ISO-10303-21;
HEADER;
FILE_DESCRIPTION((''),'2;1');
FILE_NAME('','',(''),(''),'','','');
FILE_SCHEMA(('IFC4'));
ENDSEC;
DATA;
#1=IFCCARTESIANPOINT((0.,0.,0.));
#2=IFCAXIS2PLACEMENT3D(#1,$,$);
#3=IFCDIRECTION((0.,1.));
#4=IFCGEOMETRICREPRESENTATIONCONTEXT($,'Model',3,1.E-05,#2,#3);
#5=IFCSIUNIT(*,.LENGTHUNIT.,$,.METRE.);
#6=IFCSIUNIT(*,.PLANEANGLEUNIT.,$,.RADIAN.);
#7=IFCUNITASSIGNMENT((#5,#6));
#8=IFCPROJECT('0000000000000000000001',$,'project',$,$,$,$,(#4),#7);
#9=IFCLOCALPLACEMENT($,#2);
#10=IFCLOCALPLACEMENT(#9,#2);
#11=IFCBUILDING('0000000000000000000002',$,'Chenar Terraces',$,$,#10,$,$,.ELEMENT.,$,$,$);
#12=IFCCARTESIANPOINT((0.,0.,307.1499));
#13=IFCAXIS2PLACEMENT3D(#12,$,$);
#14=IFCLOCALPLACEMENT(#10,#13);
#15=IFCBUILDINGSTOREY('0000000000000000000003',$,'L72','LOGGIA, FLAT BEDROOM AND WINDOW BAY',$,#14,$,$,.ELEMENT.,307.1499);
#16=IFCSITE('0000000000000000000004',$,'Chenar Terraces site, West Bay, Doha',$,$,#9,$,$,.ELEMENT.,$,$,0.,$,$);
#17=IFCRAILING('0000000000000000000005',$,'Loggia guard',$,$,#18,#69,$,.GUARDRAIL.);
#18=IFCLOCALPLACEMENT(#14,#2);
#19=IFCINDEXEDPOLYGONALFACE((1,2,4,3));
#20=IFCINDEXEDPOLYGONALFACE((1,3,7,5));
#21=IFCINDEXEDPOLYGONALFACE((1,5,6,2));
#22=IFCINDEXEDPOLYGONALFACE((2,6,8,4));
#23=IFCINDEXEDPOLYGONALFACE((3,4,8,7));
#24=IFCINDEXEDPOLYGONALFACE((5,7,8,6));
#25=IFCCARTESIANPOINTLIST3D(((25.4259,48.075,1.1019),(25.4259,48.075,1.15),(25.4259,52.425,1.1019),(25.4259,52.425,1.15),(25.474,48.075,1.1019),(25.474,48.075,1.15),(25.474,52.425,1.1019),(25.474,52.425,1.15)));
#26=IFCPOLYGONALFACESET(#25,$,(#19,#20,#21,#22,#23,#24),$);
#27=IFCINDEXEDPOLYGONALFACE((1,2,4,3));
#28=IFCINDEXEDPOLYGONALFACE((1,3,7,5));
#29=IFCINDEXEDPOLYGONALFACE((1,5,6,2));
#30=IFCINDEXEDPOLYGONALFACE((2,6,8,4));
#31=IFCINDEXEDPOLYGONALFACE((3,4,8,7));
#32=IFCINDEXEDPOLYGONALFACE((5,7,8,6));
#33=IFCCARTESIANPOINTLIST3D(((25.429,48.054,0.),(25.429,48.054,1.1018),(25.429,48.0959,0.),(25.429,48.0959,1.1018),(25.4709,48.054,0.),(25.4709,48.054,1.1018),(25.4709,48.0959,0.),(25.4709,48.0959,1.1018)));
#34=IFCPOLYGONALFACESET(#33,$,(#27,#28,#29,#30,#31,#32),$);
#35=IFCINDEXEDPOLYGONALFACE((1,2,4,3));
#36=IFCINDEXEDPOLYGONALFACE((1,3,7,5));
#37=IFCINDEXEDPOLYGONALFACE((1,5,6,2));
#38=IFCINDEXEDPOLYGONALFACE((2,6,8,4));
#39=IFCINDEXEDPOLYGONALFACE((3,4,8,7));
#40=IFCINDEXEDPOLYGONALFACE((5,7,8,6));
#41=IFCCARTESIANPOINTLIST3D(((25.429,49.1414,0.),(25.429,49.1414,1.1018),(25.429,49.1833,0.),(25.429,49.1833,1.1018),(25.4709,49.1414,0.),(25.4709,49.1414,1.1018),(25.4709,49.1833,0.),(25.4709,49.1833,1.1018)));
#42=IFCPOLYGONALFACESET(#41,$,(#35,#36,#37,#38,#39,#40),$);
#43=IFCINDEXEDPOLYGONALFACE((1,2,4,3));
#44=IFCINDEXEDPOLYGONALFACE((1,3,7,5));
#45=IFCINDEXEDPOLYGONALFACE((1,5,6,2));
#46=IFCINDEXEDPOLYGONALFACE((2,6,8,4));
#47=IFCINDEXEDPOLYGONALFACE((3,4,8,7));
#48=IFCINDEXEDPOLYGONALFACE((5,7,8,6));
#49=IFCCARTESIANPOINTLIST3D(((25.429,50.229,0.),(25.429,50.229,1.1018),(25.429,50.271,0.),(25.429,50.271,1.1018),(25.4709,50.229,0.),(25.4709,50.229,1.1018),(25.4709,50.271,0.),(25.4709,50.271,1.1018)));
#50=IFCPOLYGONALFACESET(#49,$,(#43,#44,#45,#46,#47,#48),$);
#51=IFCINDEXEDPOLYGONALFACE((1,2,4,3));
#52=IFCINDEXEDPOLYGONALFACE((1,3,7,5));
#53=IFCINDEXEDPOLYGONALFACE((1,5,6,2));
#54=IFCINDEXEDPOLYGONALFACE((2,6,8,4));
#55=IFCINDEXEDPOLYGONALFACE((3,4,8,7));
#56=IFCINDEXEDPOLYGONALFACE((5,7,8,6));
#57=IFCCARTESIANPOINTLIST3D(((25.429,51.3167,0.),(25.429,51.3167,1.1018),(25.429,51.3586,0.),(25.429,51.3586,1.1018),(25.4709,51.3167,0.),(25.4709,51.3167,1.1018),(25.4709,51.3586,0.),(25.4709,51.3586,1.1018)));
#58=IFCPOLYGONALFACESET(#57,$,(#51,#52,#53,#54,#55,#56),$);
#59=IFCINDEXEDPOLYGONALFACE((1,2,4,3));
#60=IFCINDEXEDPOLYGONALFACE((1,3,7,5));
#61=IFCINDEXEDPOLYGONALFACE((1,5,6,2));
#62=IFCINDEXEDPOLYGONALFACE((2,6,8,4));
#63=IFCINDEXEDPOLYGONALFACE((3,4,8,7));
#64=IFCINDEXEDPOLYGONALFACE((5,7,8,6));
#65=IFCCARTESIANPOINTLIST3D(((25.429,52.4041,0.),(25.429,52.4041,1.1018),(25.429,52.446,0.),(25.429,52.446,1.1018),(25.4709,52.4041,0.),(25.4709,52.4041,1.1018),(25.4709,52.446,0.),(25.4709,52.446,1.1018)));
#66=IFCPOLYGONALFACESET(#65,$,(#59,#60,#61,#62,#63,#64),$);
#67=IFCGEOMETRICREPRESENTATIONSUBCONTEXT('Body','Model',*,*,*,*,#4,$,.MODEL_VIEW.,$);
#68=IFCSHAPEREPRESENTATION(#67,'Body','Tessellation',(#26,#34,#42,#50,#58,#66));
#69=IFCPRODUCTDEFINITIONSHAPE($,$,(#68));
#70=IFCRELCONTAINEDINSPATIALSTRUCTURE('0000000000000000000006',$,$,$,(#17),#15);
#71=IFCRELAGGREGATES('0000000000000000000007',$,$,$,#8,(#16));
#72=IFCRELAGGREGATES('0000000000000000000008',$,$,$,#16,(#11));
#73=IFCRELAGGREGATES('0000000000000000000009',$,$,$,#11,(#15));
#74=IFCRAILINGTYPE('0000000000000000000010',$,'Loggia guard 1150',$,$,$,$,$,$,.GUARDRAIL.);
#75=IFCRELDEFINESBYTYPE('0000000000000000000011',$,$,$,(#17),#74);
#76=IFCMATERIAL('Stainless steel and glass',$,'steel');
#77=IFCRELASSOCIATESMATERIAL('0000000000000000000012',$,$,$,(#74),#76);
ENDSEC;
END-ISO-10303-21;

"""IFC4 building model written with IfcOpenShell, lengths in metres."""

from ifc_helpers import new_model, si_unit, direction, frame, origin, origin_2d, place, context, subcontext, project, spatial, rectangle, extrude, material, type_object, element, save


model = new_model("IFC4")

# Units and contexts
model_context = context("Model", 3, precision=1e-05, world=origin(), true_north=direction((0.0, 1.0)))
body_context = subcontext(model_context, "Body", "Model", "MODEL_VIEW")
ifc_project = project(units=[si_unit("LENGTHUNIT", "METRE"), si_unit("PLANEANGLEUNIT", "RADIAN")], contexts=[model_context])

# Site, building, storey
site_placement = place(None, origin())
site = spatial("IfcSite", under=ifc_project, at=site_placement, Name="Chenar Terraces site, West Bay, Doha", CompositionType="ELEMENT", RefElevation=0.0)
building_placement = place(site_placement, origin())
building = spatial("IfcBuilding", under=site, at=building_placement, Name="Chenar Terraces", CompositionType="ELEMENT")
storey_placement = place(building_placement, frame((0.0, 0.0, 307.1499)))
storey = spatial("IfcBuildingStorey", under=building, at=storey_placement, Name="L72", Description="LOGGIA, FLAT BEDROOM AND WINDOW BAY", CompositionType="ELEMENT", Elevation=307.1499)

# Railing
ifc_material_1 = material(Name="Stainless steel and glass", Category="steel")
railing_type_1 = type_object("IfcRailingType", Name="Loggia guard 1150", PredefinedType="GUARDRAIL", material=ifc_material_1)
railing_1_placement = place(storey_placement, frame((25.45, 48.075, 0.0)))
element("IfcRailing", 1, at=railing_1_placement, inside=storey, type_object=railing_type_1, Name="Loggia guard", PredefinedType="GUARDRAIL", context=body_context, shape_type="SweptSolid", body=[
    extrude(rectangle(XDim=0.0481, YDim=0.0481, at=origin_2d()), frame((0.0, 0.0, 1.126), z_axis=(0.0, 1.0, 0.0), x_axis=(-1.0, 0.0, 0.0)), (0.0, 0.0, 1.0), 4.3501),
    extrude(rectangle(XDim=0.042, YDim=0.042, at=origin_2d()), origin(), (0.0, 0.0, 1.0), 1.1018),
    extrude(rectangle(XDim=0.042, YDim=0.042, at=origin_2d()), frame((0.0, 1.0874, 0.0)), (0.0, 0.0, 1.0), 1.1018),
    extrude(rectangle(XDim=0.042, YDim=0.042, at=origin_2d()), frame((0.0, 2.175, 0.0)), (0.0, 0.0, 1.0), 1.1018),
    extrude(rectangle(XDim=0.042, YDim=0.042, at=origin_2d()), frame((0.0, 3.2627, 0.0)), (0.0, 0.0, 1.0), 1.1018),
    extrude(rectangle(XDim=0.042, YDim=0.042, at=origin_2d()), frame((0.0, 4.3501, 0.0)), (0.0, 0.0, 1.0), 1.1018),
])

save(model, "model.ifc")
